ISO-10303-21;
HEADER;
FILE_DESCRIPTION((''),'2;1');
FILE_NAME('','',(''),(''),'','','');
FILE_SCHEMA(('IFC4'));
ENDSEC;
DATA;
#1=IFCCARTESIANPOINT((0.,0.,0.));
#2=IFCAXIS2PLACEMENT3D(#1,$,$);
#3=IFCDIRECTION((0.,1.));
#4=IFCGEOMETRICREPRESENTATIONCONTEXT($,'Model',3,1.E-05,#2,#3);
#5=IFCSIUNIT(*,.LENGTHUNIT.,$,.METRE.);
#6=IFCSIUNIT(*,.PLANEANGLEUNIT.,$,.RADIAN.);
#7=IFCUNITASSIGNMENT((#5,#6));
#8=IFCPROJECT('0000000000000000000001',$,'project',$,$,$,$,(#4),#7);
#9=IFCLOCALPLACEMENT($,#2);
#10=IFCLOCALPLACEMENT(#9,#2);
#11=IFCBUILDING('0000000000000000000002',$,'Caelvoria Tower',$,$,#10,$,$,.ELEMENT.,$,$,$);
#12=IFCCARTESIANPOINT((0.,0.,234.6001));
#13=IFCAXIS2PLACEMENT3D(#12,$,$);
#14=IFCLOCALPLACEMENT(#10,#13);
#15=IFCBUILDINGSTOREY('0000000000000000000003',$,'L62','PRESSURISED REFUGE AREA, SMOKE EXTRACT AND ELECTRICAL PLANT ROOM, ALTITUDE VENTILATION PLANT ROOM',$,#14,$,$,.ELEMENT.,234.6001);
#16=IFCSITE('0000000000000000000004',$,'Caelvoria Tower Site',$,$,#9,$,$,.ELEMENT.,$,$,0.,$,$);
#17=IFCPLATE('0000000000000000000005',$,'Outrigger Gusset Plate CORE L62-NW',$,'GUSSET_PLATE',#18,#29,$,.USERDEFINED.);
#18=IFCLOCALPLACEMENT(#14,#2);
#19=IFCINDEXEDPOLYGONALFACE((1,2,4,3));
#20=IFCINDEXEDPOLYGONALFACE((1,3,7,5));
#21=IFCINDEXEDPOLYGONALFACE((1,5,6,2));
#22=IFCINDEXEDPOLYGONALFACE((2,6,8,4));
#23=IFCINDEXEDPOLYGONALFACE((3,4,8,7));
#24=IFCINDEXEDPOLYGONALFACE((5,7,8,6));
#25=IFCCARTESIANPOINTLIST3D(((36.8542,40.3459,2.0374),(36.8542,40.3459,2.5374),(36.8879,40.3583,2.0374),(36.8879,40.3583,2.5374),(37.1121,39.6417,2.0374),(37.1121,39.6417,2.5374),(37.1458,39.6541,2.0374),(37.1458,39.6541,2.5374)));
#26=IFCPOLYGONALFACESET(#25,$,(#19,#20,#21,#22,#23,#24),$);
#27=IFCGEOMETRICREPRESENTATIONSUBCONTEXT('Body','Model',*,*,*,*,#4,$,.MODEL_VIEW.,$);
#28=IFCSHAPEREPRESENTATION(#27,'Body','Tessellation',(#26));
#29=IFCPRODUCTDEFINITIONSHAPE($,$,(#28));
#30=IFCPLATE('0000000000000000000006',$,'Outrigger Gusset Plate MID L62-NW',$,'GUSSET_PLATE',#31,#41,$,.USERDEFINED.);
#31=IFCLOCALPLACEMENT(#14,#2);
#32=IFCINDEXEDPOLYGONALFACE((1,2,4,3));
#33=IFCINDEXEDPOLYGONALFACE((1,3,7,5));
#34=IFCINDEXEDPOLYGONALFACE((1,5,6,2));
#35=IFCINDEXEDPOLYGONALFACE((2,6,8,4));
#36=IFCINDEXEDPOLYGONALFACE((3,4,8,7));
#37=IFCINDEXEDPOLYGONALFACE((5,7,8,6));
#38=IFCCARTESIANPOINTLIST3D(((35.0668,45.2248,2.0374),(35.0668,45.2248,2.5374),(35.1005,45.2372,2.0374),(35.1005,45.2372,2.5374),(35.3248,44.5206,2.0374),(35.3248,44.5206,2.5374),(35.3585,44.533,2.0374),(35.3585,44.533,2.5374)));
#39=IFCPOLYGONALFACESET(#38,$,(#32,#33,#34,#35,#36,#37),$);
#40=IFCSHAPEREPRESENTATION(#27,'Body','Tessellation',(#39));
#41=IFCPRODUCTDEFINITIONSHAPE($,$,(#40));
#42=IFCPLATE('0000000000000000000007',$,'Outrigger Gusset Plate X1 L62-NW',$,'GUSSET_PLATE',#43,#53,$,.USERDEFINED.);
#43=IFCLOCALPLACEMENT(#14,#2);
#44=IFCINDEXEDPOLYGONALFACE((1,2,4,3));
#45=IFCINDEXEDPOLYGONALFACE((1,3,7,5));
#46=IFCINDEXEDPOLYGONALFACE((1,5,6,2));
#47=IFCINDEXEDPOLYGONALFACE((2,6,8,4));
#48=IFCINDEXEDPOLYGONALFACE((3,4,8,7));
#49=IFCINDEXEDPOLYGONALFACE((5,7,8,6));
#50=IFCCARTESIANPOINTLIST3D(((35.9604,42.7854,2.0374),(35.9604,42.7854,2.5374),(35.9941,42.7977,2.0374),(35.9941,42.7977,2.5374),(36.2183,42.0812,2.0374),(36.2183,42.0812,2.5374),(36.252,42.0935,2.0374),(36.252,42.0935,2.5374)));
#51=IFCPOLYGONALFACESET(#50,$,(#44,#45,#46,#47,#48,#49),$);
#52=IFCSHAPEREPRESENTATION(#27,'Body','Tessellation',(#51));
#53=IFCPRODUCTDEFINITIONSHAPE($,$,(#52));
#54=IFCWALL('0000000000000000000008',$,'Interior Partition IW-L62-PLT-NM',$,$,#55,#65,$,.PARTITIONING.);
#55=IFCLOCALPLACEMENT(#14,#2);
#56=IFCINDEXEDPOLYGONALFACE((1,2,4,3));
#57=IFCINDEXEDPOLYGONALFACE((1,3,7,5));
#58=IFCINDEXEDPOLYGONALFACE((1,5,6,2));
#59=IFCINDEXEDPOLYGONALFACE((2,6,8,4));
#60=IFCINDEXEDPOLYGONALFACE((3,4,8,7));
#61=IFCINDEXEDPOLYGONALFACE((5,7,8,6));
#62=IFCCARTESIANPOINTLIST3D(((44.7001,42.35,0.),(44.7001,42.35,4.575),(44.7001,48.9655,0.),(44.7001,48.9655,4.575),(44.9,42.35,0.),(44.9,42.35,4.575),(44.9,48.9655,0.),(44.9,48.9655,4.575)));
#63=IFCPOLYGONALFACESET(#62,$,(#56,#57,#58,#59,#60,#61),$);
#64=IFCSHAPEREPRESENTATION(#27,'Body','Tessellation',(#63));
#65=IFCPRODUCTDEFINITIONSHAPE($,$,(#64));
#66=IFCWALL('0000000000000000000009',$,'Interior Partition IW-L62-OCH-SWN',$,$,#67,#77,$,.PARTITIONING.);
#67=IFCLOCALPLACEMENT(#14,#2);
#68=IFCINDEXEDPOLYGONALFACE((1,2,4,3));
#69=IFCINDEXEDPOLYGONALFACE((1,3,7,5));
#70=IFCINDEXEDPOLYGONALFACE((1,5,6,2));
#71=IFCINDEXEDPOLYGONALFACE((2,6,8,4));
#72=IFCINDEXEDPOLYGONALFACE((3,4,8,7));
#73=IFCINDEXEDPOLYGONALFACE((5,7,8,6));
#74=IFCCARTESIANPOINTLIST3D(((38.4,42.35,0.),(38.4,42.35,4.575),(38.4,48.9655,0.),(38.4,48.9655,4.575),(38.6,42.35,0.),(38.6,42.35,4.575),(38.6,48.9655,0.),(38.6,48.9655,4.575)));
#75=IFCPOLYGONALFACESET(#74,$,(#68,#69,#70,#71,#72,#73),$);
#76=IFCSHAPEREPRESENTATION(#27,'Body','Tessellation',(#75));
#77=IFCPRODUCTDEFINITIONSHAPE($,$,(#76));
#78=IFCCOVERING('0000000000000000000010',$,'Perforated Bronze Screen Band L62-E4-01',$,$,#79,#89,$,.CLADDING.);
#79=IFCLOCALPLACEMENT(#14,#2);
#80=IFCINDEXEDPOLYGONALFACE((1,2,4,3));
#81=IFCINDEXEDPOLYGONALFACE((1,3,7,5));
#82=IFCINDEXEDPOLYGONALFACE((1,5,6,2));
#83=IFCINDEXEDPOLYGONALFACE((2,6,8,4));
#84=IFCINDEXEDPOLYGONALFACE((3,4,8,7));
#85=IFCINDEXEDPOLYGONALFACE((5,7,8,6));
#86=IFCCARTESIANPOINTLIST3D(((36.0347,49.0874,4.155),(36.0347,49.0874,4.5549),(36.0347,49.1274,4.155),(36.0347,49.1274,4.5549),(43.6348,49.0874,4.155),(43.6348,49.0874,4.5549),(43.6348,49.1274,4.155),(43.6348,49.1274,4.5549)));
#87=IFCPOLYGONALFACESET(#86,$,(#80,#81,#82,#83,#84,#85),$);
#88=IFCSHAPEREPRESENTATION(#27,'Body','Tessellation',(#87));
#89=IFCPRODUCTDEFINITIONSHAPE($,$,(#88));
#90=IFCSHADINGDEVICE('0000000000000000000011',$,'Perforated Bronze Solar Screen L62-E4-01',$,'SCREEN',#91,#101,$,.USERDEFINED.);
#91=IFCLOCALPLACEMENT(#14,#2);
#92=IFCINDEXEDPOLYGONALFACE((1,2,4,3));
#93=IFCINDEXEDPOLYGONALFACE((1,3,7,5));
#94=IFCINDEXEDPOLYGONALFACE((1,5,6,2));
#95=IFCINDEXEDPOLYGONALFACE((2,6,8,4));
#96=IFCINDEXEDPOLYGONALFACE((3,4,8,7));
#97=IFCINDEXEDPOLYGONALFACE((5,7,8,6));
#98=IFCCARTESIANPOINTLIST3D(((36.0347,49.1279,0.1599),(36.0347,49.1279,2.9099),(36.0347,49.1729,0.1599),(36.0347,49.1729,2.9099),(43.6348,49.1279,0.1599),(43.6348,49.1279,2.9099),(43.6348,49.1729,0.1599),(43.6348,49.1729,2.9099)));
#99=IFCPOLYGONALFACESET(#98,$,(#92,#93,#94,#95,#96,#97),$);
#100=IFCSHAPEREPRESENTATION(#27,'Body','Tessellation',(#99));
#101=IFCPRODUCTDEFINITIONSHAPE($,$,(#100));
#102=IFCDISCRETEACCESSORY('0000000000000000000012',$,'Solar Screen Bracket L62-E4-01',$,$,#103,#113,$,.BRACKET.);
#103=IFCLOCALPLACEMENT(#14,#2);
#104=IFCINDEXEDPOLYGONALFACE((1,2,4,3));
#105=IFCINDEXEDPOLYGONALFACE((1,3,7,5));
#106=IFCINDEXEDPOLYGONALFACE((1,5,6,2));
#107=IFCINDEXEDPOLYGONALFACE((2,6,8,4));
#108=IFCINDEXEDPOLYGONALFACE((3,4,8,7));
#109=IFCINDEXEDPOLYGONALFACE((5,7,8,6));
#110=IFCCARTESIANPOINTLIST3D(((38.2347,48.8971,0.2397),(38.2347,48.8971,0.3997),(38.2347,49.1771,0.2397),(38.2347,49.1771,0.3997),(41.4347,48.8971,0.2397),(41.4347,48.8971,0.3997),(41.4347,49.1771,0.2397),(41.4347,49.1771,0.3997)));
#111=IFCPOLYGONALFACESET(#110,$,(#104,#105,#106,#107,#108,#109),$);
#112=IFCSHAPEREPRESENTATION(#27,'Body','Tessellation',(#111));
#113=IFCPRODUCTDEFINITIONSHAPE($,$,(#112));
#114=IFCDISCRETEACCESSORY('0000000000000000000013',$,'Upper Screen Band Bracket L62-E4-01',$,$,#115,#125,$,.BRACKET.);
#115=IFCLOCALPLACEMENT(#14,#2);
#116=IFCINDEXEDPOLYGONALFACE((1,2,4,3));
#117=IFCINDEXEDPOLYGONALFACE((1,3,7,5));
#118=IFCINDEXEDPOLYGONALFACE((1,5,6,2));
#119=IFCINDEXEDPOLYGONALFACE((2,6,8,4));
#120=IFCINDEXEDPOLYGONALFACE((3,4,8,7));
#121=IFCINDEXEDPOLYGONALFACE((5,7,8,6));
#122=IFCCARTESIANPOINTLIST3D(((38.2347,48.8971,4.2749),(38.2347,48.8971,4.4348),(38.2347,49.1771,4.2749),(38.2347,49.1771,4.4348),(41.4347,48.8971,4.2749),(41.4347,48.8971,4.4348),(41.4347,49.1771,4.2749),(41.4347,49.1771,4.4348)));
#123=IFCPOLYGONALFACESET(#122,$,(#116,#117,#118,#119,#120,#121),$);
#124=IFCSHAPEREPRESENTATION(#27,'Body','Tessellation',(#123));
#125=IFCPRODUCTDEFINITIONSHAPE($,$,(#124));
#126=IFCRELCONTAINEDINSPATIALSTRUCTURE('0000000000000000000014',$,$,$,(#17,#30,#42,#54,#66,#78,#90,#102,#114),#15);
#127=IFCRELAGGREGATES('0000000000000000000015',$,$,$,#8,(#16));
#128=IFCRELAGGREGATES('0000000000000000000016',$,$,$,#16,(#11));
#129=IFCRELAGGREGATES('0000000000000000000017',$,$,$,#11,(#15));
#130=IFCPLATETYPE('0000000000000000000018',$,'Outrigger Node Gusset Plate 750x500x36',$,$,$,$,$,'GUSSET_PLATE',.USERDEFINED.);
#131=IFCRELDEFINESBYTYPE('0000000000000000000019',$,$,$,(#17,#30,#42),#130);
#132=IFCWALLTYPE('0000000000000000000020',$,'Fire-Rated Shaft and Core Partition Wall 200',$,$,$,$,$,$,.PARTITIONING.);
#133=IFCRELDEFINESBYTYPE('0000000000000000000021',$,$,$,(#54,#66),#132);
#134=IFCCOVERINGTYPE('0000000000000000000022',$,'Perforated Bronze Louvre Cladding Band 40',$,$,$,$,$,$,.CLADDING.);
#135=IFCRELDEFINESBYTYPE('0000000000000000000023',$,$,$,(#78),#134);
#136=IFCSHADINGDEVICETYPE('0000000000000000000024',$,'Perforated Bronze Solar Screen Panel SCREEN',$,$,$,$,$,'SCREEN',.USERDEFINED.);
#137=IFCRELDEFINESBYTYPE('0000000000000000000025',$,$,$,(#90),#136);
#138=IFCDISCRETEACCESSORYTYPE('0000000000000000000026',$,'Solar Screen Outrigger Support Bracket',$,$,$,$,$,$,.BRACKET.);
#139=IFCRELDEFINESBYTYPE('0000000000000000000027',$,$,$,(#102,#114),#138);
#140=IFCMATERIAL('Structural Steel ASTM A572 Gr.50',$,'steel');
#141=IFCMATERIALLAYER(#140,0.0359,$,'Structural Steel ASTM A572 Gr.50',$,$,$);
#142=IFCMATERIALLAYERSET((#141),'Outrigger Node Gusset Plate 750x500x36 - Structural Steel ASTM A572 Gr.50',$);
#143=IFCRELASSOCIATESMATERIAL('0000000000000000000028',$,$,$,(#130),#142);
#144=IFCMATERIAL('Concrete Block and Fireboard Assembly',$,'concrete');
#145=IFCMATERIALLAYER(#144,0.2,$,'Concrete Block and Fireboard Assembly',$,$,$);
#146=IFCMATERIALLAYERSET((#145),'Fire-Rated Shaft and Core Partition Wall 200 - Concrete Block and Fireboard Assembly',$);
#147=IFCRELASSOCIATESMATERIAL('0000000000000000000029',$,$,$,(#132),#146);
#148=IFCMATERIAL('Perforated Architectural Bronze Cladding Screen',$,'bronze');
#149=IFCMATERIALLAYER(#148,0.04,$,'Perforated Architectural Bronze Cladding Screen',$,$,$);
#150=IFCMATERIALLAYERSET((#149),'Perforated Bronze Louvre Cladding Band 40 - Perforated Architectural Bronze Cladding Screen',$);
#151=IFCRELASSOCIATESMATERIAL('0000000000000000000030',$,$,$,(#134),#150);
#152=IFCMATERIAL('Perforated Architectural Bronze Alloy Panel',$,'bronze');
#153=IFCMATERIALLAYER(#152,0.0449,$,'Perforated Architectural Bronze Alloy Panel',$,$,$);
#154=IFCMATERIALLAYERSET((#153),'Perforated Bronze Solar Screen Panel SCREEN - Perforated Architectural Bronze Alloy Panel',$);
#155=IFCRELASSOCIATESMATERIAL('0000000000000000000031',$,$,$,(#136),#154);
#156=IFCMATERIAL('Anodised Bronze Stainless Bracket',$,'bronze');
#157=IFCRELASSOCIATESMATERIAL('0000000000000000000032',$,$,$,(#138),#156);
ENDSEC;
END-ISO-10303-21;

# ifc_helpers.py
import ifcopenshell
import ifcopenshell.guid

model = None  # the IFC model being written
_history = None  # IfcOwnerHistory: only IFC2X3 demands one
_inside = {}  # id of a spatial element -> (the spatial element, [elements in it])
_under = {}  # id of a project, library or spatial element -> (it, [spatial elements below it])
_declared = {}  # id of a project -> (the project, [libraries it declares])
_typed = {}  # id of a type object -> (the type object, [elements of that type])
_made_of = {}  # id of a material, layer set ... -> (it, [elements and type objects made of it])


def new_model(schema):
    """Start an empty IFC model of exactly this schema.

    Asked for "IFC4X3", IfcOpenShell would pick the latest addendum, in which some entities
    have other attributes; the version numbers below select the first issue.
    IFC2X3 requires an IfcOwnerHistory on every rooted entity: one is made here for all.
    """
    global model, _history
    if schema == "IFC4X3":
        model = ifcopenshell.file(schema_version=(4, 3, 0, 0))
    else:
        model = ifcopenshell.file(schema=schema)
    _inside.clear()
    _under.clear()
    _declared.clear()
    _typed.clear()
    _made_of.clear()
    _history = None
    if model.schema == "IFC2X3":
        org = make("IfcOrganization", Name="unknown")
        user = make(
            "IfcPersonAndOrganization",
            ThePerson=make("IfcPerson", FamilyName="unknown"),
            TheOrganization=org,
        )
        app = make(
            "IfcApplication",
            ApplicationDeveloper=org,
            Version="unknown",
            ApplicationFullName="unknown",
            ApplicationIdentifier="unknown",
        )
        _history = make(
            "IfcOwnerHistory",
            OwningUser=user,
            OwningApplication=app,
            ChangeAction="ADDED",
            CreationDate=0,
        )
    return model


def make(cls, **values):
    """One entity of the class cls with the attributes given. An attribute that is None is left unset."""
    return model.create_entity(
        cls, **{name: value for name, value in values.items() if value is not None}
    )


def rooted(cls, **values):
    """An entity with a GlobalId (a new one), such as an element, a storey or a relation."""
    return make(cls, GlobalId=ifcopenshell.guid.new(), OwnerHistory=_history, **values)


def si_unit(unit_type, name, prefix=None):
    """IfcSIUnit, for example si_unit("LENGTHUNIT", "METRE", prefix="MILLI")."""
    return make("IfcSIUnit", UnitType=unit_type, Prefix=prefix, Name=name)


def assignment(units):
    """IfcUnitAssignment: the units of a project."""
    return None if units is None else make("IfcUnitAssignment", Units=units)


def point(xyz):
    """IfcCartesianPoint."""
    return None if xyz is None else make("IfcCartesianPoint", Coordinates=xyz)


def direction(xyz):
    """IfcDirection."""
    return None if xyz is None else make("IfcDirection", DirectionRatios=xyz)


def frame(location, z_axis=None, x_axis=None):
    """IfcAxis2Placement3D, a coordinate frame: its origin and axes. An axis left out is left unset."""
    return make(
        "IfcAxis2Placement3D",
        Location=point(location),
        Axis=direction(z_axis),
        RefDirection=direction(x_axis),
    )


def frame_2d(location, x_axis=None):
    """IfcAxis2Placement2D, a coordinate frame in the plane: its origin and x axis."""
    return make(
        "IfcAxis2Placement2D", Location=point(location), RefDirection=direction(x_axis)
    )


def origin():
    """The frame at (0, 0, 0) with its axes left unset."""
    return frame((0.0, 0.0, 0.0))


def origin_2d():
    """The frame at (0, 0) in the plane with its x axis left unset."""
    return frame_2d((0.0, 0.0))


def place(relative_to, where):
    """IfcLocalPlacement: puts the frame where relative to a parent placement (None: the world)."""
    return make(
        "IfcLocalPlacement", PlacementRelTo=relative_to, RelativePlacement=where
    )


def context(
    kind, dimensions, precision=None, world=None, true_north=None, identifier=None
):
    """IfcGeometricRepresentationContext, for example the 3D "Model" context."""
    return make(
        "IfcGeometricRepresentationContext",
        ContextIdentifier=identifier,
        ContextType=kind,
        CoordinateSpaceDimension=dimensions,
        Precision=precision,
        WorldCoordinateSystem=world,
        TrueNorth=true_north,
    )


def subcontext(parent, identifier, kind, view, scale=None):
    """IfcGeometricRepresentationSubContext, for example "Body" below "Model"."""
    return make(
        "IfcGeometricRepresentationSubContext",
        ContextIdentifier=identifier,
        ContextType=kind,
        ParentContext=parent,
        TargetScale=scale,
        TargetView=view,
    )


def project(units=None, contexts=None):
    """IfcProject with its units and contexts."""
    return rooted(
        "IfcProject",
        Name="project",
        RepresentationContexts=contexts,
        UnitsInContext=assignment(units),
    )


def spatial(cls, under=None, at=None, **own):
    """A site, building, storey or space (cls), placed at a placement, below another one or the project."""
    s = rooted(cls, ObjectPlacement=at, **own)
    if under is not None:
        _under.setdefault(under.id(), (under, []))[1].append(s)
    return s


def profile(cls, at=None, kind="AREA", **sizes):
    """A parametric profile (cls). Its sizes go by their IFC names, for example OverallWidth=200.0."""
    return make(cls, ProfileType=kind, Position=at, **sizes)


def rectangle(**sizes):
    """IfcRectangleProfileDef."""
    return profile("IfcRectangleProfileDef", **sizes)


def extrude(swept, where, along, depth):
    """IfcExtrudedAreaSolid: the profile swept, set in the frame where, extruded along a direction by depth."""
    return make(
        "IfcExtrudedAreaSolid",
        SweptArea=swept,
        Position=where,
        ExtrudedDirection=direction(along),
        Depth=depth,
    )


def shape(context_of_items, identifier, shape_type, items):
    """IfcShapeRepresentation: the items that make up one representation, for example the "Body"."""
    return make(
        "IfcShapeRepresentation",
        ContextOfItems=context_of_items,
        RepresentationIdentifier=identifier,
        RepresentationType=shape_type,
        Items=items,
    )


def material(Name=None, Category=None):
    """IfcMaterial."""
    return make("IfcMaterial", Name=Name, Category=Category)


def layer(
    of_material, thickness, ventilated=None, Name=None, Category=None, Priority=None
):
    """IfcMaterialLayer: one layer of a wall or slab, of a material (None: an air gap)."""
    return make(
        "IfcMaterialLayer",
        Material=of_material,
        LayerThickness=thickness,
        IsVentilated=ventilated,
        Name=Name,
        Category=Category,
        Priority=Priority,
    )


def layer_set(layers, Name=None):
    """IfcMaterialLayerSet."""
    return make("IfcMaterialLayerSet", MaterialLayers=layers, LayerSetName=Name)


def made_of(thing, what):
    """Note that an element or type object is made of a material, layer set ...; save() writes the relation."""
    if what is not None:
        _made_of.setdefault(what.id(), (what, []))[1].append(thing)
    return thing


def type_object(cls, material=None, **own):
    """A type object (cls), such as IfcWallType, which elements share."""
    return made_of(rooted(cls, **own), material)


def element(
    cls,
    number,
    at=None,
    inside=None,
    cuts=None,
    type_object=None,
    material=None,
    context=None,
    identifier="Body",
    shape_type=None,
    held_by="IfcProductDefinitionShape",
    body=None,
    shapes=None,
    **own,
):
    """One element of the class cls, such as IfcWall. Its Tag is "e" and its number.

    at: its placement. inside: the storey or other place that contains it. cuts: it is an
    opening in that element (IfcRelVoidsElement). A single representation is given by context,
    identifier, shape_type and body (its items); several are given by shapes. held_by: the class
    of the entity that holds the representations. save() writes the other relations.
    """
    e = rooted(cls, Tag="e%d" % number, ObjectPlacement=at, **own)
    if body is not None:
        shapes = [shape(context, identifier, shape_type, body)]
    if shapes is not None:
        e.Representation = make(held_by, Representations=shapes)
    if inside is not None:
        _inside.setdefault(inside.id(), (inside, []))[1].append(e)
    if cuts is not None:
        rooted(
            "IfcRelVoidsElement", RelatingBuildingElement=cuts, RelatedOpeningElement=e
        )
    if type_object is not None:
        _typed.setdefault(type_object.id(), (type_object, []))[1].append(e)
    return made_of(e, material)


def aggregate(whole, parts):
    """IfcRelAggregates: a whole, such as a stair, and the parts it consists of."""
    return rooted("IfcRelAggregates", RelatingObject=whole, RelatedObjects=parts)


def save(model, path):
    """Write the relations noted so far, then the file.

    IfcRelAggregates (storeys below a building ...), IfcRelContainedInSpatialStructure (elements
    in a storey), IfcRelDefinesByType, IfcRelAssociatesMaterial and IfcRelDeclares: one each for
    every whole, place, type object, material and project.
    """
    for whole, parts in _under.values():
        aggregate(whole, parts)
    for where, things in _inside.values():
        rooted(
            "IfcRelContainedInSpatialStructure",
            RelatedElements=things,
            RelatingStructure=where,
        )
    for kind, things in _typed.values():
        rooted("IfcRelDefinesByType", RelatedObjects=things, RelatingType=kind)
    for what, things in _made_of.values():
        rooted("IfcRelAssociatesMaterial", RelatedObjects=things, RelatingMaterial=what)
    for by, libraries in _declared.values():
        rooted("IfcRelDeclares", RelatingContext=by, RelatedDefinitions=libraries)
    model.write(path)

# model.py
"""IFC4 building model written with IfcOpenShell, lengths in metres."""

from ifc_helpers import new_model, si_unit, direction, frame, frame_2d, origin, origin_2d, place, context, subcontext, project, spatial, rectangle, extrude, material, layer, layer_set, type_object, element, save


model = new_model("IFC4")

# Units and contexts
model_context = context("Model", 3, precision=1e-05, world=origin(), true_north=direction((0.0, 1.0)))
body_context = subcontext(model_context, "Body", "Model", "MODEL_VIEW")
ifc_project = project(units=[si_unit("LENGTHUNIT", "METRE"), si_unit("PLANEANGLEUNIT", "RADIAN")], contexts=[model_context])

# Site, building, storey
site_placement = place(None, origin())
site = spatial("IfcSite", under=ifc_project, at=site_placement, Name="Caelvoria Tower Site", CompositionType="ELEMENT", RefElevation=0.0)
building_placement = place(site_placement, origin())
building = spatial("IfcBuilding", under=site, at=building_placement, Name="Caelvoria Tower", CompositionType="ELEMENT")
storey_placement = place(building_placement, frame((0.0, 0.0, 234.6001)))
storey = spatial("IfcBuildingStorey", under=building, at=storey_placement, Name="L62", Description="PRESSURISED REFUGE AREA, SMOKE EXTRACT AND ELECTRICAL PLANT ROOM, ALTITUDE VENTILATION PLANT ROOM", CompositionType="ELEMENT", Elevation=234.6001)

# Shared definitions
ifc_material_1 = material(Name="Structural Steel ASTM A572 Gr.50", Category="steel")

# Plates
ifc_layer_1 = layer(ifc_material_1, 0.0359, Name="Structural Steel ASTM A572 Gr.50")
ifc_layer_set_1 = layer_set([ifc_layer_1], Name="Outrigger Node Gusset Plate 750x500x36 - Structural Steel ASTM A572 Gr.50")
plate_type = type_object("IfcPlateType", Name="Outrigger Node Gusset Plate 750x500x36", ElementType="GUSSET_PLATE", PredefinedType="USERDEFINED", material=ifc_layer_set_1)
for number, where, z_axis, x_axis, name in (
    (1, (37.0, 40.0, 2.0374), (0.0, 0.0, 1.0), (-0.343992, 0.938972, 0.0), "Outrigger Gusset Plate CORE L62-NW"),
    (2, (35.2126, 44.8789, 2.0374), (0.0, 0.0, 1.0), (-0.343992, 0.938972, 0.0), "Outrigger Gusset Plate MID L62-NW"),
    (3, (36.1062, 42.4395, 2.0374), (0.0, 0.0, 1.0), (-0.343992, 0.938972, 0.0), "Outrigger Gusset Plate X1 L62-NW"),
):
    element("IfcPlate", number, at=place(storey_placement, frame(where, z_axis=z_axis, x_axis=x_axis)), inside=storey, type_object=plate_type, Name=name, ObjectType="GUSSET_PLATE", PredefinedType="USERDEFINED", context=body_context, shape_type="SweptSolid", body=[
        extrude(rectangle(XDim=0.75, YDim=0.0359, at=origin_2d()), origin(), (0.0, 0.0, 1.0), 0.5),
    ])

# Walls
ifc_material_2 = material(Name="Concrete Block and Fireboard Assembly", Category="concrete")
ifc_layer_2 = layer(ifc_material_2, 0.2, Name="Concrete Block and Fireboard Assembly")
ifc_layer_set_2 = layer_set([ifc_layer_2], Name="Fire-Rated Shaft and Core Partition Wall 200 - Concrete Block and Fireboard Assembly")
wall_type = type_object("IfcWallType", Name="Fire-Rated Shaft and Core Partition Wall 200", PredefinedType="PARTITIONING", material=ifc_layer_set_2)
for number, where, z_axis, x_axis, name in (
    (4, (44.8, 42.3501, 0.0), (0.0, 0.0, 1.0), (0.0, 1.0, 0.0), "Interior Partition IW-L62-PLT-NM"),
    (5, (38.5, 42.3501, 0.0), (0.0, 0.0, 1.0), (0.0, 1.0, 0.0), "Interior Partition IW-L62-OCH-SWN"),
):
    element("IfcWall", number, at=place(storey_placement, frame(where, z_axis=z_axis, x_axis=x_axis)), inside=storey, type_object=wall_type, Name=name, PredefinedType="PARTITIONING", context=body_context, shape_type="SweptSolid", body=[
        extrude(rectangle(XDim=6.6155, YDim=0.2, at=frame_2d((3.3076, 0.0))), origin(), (0.0, 0.0, 1.0), 4.575),
    ])

# Covering
ifc_material_3 = material(Name="Perforated Architectural Bronze Cladding Screen", Category="bronze")
ifc_layer_3 = layer(ifc_material_3, 0.04, Name="Perforated Architectural Bronze Cladding Screen")
ifc_layer_set_3 = layer_set([ifc_layer_3], Name="Perforated Bronze Louvre Cladding Band 40 - Perforated Architectural Bronze Cladding Screen")
covering_type = type_object("IfcCoveringType", Name="Perforated Bronze Louvre Cladding Band 40", PredefinedType="CLADDING", material=ifc_layer_set_3)
covering_placement = place(storey_placement, frame((39.8347, 49.1074, 4.155), z_axis=(0.0, 0.0, 1.0), x_axis=(-1.0, 0.0, 0.0)))
element("IfcCovering", 6, at=covering_placement, inside=storey, type_object=covering_type, Name="Perforated Bronze Screen Band L62-E4-01", PredefinedType="CLADDING", context=body_context, shape_type="SweptSolid", body=[
    extrude(rectangle(XDim=7.6001, YDim=0.04, at=origin_2d()), origin(), (0.0, 0.0, 1.0), 0.3999),
])

# Shading device
ifc_material_4 = material(Name="Perforated Architectural Bronze Alloy Panel", Category="bronze")
ifc_layer_4 = layer(ifc_material_4, 0.0449, Name="Perforated Architectural Bronze Alloy Panel")
ifc_layer_set_4 = layer_set([ifc_layer_4], Name="Perforated Bronze Solar Screen Panel SCREEN - Perforated Architectural Bronze Alloy Panel")
shading_device_type = type_object("IfcShadingDeviceType", Name="Perforated Bronze Solar Screen Panel SCREEN", ElementType="SCREEN", PredefinedType="USERDEFINED", material=ifc_layer_set_4)
shading_device_placement = place(storey_placement, frame((39.8347, 49.1504, 0.1599), z_axis=(0.0, 0.0, 1.0), x_axis=(-1.0, 0.0, 0.0)))
element("IfcShadingDevice", 7, at=shading_device_placement, inside=storey, type_object=shading_device_type, Name="Perforated Bronze Solar Screen L62-E4-01", ObjectType="SCREEN", PredefinedType="USERDEFINED", context=body_context, shape_type="SweptSolid", body=[
    extrude(rectangle(XDim=7.6001, YDim=0.0449, at=origin_2d()), origin(), (0.0, 0.0, 1.0), 2.75),
])

# Discrete accessories
ifc_material_5 = material(Name="Anodised Bronze Stainless Bracket", Category="bronze")
discrete_accessory_type = type_object("IfcDiscreteAccessoryType", Name="Solar Screen Outrigger Support Bracket", PredefinedType="BRACKET", material=ifc_material_5)
for number, where, z_axis, x_axis, name in (
    (8, (39.8347, 49.0371, 0.2397), (0.0, 0.0, 1.0), (-1.0, 0.0, 0.0), "Solar Screen Bracket L62-E4-01"),
    (9, (39.8347, 49.0371, 4.2749), (0.0, 0.0, 1.0), (-1.0, 0.0, 0.0), "Upper Screen Band Bracket L62-E4-01"),
):
    element("IfcDiscreteAccessory", number, at=place(storey_placement, frame(where, z_axis=z_axis, x_axis=x_axis)), inside=storey, type_object=discrete_accessory_type, Name=name, PredefinedType="BRACKET", context=body_context, shape_type="SweptSolid", body=[
        extrude(rectangle(XDim=3.2, YDim=0.28, at=origin_2d()), origin(), (0.0, 0.0, 1.0), 0.1599),
    ])

save(model, "model.ifc")
